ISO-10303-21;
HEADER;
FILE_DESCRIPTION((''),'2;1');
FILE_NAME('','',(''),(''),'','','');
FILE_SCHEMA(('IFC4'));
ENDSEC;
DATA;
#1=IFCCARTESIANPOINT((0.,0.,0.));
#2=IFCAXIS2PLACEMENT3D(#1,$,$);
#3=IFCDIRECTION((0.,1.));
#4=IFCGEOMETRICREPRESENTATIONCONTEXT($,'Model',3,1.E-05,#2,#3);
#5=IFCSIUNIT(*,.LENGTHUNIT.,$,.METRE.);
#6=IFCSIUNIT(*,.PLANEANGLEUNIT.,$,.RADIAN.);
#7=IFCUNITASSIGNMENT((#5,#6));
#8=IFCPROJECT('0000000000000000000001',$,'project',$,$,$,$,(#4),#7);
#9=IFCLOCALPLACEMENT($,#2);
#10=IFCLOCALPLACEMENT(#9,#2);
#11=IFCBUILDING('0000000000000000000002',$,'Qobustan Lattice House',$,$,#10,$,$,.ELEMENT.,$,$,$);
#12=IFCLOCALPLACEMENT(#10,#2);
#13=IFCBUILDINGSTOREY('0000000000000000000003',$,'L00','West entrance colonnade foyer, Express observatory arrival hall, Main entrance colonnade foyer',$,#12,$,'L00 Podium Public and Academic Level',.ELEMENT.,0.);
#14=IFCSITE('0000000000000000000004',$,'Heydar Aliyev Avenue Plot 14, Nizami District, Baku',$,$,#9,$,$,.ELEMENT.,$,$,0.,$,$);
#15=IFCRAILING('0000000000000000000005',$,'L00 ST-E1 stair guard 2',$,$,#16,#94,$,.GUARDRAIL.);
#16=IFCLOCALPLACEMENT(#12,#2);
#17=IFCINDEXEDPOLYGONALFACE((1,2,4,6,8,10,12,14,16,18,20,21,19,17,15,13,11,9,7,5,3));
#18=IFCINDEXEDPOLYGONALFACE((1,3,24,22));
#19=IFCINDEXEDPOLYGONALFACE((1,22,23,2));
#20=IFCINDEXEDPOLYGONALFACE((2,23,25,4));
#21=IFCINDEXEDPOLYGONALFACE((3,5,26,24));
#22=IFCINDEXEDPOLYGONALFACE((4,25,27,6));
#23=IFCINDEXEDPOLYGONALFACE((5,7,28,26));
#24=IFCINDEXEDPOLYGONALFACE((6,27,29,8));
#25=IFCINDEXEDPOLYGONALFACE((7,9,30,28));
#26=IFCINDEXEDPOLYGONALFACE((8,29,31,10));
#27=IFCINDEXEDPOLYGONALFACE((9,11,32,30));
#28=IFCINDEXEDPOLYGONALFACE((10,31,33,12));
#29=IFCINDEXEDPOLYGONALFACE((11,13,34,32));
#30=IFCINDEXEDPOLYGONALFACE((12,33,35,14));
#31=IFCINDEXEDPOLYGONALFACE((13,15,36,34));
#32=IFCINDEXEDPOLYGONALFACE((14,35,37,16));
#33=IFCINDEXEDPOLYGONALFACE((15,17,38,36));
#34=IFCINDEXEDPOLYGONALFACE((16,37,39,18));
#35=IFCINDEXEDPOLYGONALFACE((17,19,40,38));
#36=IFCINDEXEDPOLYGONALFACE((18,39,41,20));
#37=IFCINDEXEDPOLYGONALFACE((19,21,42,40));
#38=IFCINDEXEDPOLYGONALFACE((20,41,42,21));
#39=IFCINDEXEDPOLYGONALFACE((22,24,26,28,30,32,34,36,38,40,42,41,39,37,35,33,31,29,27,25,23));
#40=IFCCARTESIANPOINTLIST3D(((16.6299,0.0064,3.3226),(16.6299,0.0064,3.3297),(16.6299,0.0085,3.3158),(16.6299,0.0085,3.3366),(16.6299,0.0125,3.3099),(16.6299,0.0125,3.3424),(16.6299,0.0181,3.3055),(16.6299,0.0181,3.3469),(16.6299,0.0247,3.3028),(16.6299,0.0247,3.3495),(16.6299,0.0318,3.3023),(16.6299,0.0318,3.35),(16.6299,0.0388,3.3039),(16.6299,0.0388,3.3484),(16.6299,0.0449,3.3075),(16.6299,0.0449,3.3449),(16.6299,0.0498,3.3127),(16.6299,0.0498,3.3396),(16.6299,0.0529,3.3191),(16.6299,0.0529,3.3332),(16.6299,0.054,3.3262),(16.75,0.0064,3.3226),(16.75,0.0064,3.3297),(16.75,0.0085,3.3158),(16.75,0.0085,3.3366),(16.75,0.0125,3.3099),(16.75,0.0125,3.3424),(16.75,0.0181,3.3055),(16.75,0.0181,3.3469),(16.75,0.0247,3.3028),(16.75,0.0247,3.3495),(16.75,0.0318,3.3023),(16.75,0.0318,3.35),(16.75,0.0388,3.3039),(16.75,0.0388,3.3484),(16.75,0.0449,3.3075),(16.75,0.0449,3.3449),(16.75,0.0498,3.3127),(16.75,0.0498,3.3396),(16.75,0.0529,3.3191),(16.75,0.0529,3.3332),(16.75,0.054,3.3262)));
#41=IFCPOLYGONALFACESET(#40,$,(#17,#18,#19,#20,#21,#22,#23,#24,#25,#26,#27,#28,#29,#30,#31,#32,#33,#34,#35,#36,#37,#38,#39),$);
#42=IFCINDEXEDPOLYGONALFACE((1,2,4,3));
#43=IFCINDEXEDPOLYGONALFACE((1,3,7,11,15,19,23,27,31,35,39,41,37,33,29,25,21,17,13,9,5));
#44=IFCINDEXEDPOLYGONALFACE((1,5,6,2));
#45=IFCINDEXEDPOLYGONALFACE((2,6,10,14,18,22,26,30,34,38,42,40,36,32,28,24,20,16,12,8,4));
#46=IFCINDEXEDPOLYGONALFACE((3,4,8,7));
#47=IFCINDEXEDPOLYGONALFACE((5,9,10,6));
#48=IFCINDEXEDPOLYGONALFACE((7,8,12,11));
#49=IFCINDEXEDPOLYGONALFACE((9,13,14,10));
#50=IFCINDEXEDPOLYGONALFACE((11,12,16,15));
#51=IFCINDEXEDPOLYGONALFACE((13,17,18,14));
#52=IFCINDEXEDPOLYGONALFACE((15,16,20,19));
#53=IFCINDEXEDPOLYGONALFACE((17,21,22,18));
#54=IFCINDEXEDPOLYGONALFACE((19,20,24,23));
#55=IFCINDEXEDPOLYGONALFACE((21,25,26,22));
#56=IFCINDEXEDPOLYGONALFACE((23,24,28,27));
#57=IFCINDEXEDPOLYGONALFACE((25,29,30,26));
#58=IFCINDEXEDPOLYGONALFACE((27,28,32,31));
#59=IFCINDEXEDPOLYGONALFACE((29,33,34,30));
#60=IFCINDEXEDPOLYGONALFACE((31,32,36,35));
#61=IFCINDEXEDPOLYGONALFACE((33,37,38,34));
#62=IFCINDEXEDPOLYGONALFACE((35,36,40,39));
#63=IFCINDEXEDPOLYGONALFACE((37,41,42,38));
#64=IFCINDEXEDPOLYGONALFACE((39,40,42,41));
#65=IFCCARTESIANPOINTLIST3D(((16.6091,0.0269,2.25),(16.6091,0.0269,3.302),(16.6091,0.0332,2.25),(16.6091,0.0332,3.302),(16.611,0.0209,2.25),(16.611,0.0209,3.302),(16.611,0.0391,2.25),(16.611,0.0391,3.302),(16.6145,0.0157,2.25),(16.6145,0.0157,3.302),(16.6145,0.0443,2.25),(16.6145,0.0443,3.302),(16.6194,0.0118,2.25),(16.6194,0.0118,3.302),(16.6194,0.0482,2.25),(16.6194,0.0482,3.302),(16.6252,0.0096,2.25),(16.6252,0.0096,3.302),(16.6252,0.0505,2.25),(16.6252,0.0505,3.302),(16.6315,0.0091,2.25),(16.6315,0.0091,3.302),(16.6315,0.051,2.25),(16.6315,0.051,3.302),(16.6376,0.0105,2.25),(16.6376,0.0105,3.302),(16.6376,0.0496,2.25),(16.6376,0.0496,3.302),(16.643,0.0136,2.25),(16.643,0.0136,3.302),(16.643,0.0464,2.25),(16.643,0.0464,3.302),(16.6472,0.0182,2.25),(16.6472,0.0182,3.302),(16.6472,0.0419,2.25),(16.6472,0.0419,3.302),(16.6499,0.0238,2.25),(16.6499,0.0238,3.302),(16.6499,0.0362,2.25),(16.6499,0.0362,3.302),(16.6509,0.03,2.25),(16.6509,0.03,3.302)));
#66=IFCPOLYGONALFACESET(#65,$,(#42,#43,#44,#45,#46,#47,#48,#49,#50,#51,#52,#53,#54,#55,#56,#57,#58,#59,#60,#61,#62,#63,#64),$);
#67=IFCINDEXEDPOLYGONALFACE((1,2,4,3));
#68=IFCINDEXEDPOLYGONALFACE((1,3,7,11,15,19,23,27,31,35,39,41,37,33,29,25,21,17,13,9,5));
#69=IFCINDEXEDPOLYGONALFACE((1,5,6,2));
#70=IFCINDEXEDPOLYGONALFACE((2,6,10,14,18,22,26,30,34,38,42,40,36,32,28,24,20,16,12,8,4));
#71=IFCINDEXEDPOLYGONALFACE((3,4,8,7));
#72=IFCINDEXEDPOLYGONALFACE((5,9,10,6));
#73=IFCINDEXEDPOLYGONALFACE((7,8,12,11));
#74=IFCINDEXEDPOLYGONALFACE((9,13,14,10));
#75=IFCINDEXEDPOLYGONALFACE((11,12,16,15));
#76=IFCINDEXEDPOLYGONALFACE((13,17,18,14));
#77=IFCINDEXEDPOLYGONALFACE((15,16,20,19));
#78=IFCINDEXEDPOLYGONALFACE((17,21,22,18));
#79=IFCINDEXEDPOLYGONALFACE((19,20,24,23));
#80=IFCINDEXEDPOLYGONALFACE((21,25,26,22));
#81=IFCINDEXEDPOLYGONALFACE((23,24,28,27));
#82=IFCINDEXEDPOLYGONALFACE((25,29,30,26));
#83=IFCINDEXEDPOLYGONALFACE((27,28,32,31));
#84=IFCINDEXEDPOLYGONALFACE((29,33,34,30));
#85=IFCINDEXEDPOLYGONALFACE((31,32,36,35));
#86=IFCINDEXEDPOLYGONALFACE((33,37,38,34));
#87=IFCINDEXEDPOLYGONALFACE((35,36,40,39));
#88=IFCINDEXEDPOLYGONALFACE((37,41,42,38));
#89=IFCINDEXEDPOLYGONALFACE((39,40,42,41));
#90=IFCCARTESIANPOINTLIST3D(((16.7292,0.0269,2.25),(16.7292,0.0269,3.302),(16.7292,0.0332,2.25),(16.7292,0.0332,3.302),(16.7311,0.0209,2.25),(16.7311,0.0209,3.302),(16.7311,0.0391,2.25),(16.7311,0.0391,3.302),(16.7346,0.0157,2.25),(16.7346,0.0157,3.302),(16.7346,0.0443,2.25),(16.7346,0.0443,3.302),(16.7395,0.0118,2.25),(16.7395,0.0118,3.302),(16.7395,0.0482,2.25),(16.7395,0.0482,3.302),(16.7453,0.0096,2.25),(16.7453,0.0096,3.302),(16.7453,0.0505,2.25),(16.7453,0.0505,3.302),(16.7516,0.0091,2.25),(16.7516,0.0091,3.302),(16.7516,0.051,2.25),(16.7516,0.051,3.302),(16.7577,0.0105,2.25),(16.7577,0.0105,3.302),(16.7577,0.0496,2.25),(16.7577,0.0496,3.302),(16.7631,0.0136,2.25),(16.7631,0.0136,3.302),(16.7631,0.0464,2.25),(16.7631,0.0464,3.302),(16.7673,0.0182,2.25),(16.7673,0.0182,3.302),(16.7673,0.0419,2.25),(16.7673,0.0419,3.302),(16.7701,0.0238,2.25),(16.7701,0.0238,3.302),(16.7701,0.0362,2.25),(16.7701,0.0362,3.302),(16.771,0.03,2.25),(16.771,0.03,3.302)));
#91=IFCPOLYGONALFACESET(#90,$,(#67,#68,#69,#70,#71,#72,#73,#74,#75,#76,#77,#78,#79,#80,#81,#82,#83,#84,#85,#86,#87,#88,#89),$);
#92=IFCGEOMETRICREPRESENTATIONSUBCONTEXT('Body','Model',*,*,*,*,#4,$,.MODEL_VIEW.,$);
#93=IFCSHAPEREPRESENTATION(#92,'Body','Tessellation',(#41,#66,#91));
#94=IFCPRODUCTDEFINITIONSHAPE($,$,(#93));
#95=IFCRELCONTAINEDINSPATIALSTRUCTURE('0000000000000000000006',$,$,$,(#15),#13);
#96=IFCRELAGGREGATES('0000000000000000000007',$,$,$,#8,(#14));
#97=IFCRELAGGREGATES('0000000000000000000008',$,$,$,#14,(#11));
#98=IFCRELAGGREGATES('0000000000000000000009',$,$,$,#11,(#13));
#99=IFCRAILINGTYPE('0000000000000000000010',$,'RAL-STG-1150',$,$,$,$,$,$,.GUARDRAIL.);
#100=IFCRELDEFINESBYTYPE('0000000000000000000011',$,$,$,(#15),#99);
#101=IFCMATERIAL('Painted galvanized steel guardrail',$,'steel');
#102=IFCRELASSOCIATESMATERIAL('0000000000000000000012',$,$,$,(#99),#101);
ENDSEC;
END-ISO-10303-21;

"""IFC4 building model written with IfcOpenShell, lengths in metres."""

from ifc_helpers import new_model, si_unit, direction, frame, origin, origin_2d, place, context, subcontext, project, spatial, circle, extrude, material, type_object, element, save


model = new_model("IFC4")

# Units and contexts
model_context = context("Model", 3, precision=1e-05, world=origin(), true_north=direction((0.0, 1.0)))
body_context = subcontext(model_context, "Body", "Model", "MODEL_VIEW")
ifc_project = project(units=[si_unit("LENGTHUNIT", "METRE"), si_unit("PLANEANGLEUNIT", "RADIAN")], contexts=[model_context])

# Site, building, storey
site_placement = place(None, origin())
site = spatial("IfcSite", under=ifc_project, at=site_placement, Name="Heydar Aliyev Avenue Plot 14, Nizami District, Baku", CompositionType="ELEMENT", RefElevation=0.0)
building_placement = place(site_placement, origin())
building = spatial("IfcBuilding", under=site, at=building_placement, Name="Qobustan Lattice House", CompositionType="ELEMENT")
storey_placement = place(building_placement, origin())
storey = spatial("IfcBuildingStorey", under=building, at=storey_placement, Name="L00", Description="West entrance colonnade foyer, Express observatory arrival hall, Main entrance colonnade foyer", LongName="L00 Podium Public and Academic Level", CompositionType="ELEMENT", Elevation=0.0)

# Railing
ifc_material_1 = material(Name="Painted galvanized steel guardrail", Category="steel")
railing_type_1 = type_object("IfcRailingType", Name="RAL-STG-1150", PredefinedType="GUARDRAIL", material=ifc_material_1)
railing_1_placement = place(storey_placement, frame((16.6299, 0.03, 2.25)))
element("IfcRailing", 1, at=railing_1_placement, inside=storey, type_object=railing_type_1, Name="L00 ST-E1 stair guard 2", PredefinedType="GUARDRAIL", context=body_context, shape_type="SweptSolid", body=[
    extrude(circle(Radius=0.0239, at=origin_2d()), frame((0.0, 0.0, 1.0762), z_axis=(1.0, 0.0, 0.0), x_axis=(0.0, 1.0, 0.0)), (0.0, 0.0, 1.0), 0.1201),
    extrude(circle(Radius=0.021, at=origin_2d()), origin(), (0.0, 0.0, 1.0), 1.052),
    extrude(circle(Radius=0.021, at=origin_2d()), frame((0.1201, 0.0, 0.0)), (0.0, 0.0, 1.0), 1.052),
])

save(model, "model.ifc")
